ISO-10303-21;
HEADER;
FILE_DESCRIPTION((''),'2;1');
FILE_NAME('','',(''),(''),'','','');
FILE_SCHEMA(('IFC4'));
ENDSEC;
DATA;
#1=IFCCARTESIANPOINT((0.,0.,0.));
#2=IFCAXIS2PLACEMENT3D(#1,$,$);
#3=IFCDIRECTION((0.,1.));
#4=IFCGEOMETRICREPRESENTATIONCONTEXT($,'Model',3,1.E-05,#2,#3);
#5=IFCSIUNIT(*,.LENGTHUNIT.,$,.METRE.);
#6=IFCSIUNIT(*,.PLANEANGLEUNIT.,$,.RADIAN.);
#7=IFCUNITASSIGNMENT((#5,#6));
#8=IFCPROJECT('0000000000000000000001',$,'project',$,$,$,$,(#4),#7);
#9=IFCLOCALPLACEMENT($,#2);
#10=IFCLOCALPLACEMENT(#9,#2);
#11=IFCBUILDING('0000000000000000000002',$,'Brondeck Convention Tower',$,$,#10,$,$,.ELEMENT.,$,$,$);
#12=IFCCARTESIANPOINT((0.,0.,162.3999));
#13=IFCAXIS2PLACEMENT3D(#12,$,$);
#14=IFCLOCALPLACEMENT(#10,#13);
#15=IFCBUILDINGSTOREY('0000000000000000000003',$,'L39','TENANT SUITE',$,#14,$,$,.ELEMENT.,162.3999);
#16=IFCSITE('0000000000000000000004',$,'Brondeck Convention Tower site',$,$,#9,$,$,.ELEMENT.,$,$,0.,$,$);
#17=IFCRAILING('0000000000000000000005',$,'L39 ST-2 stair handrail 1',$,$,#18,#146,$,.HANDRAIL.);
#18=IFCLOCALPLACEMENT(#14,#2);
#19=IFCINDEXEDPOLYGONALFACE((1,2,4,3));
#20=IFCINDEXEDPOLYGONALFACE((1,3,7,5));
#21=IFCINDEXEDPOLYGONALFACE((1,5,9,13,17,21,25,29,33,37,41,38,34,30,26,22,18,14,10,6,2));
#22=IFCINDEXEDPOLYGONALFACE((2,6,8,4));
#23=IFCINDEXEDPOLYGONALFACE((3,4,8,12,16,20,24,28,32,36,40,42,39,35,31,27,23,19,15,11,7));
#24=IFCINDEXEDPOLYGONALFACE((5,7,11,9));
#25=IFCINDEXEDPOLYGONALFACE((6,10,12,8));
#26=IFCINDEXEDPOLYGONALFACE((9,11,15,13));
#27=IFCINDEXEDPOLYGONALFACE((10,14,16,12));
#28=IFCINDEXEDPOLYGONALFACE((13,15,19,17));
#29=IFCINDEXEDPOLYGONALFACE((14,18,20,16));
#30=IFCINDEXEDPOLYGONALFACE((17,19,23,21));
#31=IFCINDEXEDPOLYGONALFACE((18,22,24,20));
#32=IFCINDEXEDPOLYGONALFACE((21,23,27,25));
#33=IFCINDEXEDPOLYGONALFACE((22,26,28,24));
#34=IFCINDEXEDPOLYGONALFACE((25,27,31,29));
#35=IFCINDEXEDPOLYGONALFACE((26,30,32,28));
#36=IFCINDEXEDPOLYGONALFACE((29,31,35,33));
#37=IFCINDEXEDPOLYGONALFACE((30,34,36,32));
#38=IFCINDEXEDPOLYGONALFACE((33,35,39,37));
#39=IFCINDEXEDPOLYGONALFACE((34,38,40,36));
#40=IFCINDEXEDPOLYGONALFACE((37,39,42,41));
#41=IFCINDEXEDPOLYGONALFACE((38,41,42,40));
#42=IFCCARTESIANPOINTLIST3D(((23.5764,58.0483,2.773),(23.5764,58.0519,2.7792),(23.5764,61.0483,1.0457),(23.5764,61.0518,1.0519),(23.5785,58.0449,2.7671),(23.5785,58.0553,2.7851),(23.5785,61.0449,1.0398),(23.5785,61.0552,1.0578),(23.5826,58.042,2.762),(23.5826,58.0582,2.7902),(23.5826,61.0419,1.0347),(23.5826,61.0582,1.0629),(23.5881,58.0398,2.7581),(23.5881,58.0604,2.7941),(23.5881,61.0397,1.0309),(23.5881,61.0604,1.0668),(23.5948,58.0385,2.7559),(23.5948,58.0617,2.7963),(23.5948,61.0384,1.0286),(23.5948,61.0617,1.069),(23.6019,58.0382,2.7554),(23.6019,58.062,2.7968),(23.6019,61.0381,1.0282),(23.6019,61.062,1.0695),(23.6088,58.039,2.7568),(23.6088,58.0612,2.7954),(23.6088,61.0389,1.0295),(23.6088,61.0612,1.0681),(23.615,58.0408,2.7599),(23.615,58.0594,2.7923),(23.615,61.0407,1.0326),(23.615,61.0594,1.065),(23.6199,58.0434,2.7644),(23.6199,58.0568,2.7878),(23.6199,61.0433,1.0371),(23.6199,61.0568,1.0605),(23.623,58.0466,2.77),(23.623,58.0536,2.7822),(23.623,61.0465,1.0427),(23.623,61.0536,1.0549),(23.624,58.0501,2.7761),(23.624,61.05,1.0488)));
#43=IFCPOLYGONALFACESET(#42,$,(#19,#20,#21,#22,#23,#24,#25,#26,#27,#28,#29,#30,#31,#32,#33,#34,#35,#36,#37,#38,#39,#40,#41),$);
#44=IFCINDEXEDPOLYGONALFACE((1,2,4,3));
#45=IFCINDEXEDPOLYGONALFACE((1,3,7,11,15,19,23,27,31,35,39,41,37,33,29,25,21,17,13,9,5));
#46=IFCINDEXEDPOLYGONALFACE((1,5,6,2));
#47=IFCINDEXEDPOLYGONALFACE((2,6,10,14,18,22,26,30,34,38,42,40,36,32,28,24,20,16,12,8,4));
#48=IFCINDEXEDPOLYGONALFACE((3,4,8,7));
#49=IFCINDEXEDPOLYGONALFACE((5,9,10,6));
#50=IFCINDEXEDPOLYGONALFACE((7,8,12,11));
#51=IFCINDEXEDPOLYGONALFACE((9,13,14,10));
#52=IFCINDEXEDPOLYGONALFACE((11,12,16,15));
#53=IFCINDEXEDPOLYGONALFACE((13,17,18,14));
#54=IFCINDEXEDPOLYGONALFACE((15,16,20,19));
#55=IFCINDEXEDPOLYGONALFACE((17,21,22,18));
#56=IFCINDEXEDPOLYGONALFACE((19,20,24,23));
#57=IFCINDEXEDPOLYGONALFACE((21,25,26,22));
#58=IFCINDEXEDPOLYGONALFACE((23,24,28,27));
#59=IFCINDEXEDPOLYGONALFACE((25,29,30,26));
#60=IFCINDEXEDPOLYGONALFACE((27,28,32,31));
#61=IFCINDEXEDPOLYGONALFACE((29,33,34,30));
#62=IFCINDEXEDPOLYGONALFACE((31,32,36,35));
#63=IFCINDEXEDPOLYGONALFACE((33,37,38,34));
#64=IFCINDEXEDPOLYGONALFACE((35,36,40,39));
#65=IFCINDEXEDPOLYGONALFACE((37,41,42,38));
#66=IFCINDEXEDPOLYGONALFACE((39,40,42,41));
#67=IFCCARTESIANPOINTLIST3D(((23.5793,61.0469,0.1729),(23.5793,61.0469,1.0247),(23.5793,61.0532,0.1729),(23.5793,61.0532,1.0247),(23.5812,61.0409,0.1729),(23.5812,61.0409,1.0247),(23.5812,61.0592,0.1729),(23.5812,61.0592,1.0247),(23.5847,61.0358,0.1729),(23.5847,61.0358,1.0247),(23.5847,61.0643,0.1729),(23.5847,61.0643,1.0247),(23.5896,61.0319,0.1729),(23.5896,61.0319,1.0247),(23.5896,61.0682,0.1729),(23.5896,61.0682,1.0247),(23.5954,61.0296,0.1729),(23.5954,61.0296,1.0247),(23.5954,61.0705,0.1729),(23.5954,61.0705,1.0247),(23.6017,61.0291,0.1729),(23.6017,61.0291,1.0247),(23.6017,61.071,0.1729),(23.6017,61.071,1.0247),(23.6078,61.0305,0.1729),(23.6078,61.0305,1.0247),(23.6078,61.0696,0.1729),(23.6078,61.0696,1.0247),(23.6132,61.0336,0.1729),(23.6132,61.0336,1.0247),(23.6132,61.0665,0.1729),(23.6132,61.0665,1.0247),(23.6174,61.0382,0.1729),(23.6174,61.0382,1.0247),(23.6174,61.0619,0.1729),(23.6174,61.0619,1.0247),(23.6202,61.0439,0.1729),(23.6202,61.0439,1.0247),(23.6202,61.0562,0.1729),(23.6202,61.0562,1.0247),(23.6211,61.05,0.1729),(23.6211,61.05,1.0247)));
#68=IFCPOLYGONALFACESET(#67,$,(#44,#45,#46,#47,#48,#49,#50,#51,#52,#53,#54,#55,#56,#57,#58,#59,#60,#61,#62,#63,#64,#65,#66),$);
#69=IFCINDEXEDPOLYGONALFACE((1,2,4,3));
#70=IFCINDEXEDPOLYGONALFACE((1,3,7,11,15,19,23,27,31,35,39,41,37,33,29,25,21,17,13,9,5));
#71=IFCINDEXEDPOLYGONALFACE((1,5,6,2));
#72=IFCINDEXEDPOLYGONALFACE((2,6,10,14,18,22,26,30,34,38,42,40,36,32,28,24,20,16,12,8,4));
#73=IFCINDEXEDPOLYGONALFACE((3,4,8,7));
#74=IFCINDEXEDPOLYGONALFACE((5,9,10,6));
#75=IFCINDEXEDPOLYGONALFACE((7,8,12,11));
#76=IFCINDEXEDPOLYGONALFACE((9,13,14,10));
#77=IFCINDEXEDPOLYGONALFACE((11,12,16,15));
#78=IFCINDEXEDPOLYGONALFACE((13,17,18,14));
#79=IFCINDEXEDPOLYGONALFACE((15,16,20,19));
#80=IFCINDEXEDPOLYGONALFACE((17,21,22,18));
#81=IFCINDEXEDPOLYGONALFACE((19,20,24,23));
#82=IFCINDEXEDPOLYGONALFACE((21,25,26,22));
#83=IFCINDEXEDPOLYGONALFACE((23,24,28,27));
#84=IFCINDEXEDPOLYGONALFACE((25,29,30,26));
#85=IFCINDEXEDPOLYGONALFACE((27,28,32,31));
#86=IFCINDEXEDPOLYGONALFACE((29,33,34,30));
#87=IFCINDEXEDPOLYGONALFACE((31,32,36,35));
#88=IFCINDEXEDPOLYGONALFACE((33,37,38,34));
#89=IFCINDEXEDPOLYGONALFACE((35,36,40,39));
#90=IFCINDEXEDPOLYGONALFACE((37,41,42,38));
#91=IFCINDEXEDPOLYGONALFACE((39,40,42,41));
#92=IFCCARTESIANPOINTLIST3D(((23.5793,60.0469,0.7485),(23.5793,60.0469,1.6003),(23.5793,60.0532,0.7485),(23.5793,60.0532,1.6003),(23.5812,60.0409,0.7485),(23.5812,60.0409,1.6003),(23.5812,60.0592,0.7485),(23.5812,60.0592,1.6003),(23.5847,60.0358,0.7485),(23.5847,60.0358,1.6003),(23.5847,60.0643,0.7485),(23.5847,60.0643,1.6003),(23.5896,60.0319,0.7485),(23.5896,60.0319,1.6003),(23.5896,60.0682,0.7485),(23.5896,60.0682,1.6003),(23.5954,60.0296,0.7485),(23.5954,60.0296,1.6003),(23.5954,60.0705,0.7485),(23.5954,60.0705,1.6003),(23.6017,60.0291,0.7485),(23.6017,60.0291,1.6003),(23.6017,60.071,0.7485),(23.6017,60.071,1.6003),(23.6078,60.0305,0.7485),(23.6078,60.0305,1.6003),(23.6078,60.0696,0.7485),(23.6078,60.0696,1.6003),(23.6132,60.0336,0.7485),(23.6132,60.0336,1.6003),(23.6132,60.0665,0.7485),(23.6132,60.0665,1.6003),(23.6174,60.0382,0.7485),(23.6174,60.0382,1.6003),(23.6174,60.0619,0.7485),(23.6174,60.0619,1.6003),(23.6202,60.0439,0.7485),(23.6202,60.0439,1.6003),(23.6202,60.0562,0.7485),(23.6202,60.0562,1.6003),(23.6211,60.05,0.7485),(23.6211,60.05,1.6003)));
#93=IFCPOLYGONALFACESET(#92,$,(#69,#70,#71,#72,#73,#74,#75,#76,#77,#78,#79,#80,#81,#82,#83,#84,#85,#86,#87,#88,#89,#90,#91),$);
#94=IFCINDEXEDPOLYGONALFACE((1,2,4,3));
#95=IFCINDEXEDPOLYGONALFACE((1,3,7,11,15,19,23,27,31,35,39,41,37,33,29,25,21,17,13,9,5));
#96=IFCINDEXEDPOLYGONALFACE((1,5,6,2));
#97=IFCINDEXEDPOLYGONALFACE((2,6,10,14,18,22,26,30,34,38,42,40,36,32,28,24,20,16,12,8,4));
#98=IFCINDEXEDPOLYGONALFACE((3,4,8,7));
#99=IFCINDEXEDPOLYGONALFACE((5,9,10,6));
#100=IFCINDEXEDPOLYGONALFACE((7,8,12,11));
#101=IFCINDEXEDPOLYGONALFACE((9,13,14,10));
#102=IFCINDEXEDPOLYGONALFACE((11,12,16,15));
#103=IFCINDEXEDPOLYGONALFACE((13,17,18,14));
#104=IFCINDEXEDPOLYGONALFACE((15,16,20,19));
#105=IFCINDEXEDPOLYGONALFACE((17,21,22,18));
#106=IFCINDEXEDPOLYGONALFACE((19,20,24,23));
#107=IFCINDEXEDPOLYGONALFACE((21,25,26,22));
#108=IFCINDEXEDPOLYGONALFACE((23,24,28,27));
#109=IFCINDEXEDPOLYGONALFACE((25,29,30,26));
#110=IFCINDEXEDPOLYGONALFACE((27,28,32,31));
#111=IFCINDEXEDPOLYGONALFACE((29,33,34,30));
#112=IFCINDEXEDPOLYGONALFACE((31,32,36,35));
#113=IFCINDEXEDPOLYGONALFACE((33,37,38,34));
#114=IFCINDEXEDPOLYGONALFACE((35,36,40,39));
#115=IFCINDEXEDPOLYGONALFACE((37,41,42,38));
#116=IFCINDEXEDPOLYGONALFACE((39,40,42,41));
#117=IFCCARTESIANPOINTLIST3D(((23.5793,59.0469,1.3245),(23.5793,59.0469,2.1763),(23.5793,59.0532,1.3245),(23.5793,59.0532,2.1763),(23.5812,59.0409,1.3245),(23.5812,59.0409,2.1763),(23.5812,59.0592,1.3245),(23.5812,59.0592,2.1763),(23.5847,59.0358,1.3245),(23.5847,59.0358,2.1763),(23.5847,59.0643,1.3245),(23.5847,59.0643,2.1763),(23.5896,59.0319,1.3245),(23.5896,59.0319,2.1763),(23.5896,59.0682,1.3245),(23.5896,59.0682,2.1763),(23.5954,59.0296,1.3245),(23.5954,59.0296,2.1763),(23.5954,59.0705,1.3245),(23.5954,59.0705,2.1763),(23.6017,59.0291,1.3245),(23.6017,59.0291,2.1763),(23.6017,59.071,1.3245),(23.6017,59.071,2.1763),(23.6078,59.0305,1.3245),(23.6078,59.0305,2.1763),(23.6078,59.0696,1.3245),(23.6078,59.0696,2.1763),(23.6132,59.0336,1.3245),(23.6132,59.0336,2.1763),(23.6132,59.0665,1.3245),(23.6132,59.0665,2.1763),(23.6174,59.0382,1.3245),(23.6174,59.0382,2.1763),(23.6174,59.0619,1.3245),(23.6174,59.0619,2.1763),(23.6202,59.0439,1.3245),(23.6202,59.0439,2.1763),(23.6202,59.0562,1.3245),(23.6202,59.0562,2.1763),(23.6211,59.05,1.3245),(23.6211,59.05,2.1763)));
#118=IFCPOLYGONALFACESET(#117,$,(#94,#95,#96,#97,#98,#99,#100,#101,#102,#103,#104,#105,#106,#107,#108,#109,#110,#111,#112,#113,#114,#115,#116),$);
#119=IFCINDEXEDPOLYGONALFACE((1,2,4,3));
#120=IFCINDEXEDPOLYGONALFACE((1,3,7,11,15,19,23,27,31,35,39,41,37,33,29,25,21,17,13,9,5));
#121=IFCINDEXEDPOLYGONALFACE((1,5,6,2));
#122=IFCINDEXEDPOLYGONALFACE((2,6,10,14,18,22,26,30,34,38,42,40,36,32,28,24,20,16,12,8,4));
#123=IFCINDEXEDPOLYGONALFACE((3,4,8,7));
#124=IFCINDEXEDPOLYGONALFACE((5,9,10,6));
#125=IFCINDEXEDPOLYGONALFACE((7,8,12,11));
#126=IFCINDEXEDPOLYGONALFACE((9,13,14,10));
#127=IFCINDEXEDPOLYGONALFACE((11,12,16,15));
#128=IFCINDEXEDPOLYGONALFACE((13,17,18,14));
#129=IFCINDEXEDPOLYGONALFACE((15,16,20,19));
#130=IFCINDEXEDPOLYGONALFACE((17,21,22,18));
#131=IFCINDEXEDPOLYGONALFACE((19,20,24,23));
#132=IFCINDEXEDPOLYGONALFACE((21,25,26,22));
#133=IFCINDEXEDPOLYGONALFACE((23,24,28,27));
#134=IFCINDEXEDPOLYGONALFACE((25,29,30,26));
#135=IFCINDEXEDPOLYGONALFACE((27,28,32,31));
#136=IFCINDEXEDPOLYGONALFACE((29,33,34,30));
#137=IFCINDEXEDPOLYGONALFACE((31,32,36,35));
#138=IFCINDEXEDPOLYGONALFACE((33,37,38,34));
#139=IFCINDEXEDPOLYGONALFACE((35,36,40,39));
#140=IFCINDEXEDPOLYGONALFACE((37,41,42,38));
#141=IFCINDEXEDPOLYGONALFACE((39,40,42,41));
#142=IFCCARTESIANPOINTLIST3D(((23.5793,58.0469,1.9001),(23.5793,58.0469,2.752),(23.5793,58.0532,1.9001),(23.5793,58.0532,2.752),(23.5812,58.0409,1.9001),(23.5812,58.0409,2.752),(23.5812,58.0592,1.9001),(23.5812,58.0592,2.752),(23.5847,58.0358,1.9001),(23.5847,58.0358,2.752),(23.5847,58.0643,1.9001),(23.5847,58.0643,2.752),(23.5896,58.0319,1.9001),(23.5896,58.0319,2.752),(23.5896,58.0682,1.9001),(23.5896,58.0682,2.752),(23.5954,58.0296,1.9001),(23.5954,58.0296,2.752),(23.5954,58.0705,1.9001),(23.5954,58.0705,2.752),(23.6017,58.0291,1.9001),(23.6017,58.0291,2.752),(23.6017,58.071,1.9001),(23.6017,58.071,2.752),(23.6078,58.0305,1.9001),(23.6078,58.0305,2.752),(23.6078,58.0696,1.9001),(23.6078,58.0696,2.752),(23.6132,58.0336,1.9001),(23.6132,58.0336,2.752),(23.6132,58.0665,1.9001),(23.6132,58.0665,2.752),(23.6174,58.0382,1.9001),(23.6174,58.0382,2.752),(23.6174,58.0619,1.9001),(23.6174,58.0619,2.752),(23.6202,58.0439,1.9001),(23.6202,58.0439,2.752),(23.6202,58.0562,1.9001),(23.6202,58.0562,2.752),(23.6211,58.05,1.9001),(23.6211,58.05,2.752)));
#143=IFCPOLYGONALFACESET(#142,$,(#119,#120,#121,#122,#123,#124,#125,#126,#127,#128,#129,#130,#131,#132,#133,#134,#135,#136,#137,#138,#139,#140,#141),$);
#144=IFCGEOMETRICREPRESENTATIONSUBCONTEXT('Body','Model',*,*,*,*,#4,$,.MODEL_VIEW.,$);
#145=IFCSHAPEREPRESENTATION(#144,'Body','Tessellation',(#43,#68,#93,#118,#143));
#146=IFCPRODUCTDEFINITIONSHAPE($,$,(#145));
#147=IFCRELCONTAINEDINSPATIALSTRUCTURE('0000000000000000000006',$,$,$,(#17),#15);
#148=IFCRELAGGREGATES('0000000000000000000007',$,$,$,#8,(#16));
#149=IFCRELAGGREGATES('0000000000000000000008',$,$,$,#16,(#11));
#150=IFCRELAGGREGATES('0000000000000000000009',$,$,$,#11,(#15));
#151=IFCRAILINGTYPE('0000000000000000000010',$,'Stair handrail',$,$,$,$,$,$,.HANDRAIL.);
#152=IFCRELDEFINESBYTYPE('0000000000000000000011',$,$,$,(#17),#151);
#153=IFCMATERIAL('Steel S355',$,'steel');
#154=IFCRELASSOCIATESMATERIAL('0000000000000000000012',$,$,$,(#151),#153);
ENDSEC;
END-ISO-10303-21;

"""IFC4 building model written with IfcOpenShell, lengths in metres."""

from ifc_helpers import new_model, si_unit, direction, frame, origin, origin_2d, place, context, subcontext, project, spatial, circle, extrude, material, type_object, element, save


model = new_model("IFC4")

# Units and contexts
model_context = context("Model", 3, precision=1e-05, world=origin(), true_north=direction((0.0, 1.0)))
body_context = subcontext(model_context, "Body", "Model", "MODEL_VIEW")
ifc_project = project(units=[si_unit("LENGTHUNIT", "METRE"), si_unit("PLANEANGLEUNIT", "RADIAN")], contexts=[model_context])

# Site, building, storey
site_placement = place(None, origin())
site = spatial("IfcSite", under=ifc_project, at=site_placement, Name="Brondeck Convention Tower site", CompositionType="ELEMENT", RefElevation=0.0)
building_placement = place(site_placement, origin())
building = spatial("IfcBuilding", under=site, at=building_placement, Name="Brondeck Convention Tower", CompositionType="ELEMENT")
storey_placement = place(building_placement, frame((0.0, 0.0, 162.3999)))
storey = spatial("IfcBuildingStorey", under=building, at=storey_placement, Name="L39", Description="TENANT SUITE", CompositionType="ELEMENT", Elevation=162.3999)

# Railing
ifc_material_1 = material(Name="Steel S355", Category="steel")
railing_type_1 = type_object("IfcRailingType", Name="Stair handrail", PredefinedType="HANDRAIL", material=ifc_material_1)
railing_1_placement = place(storey_placement, frame((23.6001, 61.05, 0.1729)))
element("IfcRailing", 1, at=railing_1_placement, inside=storey, type_object=railing_type_1, Name="L39 ST-2 stair handrail 1", PredefinedType="HANDRAIL", context=body_context, shape_type="SweptSolid", body=[
    extrude(circle(Radius=0.0239, at=origin_2d()), frame((0.0, 0.0, 0.876), z_axis=(0.0, -0.86662, 0.498969), x_axis=(1.0, 0.0, 0.0)), (0.0, 0.0, 1.0), 3.4617),
    extrude(circle(Radius=0.021, at=origin_2d()), origin(), (0.0, 0.0, 1.0), 0.8518),
    extrude(circle(Radius=0.021, at=origin_2d()), frame((0.0, -1.0, 0.5757)), (0.0, 0.0, 1.0), 0.8518),
    extrude(circle(Radius=0.021, at=origin_2d()), frame((0.0, -2.0, 1.1516)), (0.0, 0.0, 1.0), 0.8518),
    extrude(circle(Radius=0.021, at=origin_2d()), frame((0.0, -3.0, 1.7273)), (0.0, 0.0, 1.0), 0.8518),
])

save(model, "model.ifc")
